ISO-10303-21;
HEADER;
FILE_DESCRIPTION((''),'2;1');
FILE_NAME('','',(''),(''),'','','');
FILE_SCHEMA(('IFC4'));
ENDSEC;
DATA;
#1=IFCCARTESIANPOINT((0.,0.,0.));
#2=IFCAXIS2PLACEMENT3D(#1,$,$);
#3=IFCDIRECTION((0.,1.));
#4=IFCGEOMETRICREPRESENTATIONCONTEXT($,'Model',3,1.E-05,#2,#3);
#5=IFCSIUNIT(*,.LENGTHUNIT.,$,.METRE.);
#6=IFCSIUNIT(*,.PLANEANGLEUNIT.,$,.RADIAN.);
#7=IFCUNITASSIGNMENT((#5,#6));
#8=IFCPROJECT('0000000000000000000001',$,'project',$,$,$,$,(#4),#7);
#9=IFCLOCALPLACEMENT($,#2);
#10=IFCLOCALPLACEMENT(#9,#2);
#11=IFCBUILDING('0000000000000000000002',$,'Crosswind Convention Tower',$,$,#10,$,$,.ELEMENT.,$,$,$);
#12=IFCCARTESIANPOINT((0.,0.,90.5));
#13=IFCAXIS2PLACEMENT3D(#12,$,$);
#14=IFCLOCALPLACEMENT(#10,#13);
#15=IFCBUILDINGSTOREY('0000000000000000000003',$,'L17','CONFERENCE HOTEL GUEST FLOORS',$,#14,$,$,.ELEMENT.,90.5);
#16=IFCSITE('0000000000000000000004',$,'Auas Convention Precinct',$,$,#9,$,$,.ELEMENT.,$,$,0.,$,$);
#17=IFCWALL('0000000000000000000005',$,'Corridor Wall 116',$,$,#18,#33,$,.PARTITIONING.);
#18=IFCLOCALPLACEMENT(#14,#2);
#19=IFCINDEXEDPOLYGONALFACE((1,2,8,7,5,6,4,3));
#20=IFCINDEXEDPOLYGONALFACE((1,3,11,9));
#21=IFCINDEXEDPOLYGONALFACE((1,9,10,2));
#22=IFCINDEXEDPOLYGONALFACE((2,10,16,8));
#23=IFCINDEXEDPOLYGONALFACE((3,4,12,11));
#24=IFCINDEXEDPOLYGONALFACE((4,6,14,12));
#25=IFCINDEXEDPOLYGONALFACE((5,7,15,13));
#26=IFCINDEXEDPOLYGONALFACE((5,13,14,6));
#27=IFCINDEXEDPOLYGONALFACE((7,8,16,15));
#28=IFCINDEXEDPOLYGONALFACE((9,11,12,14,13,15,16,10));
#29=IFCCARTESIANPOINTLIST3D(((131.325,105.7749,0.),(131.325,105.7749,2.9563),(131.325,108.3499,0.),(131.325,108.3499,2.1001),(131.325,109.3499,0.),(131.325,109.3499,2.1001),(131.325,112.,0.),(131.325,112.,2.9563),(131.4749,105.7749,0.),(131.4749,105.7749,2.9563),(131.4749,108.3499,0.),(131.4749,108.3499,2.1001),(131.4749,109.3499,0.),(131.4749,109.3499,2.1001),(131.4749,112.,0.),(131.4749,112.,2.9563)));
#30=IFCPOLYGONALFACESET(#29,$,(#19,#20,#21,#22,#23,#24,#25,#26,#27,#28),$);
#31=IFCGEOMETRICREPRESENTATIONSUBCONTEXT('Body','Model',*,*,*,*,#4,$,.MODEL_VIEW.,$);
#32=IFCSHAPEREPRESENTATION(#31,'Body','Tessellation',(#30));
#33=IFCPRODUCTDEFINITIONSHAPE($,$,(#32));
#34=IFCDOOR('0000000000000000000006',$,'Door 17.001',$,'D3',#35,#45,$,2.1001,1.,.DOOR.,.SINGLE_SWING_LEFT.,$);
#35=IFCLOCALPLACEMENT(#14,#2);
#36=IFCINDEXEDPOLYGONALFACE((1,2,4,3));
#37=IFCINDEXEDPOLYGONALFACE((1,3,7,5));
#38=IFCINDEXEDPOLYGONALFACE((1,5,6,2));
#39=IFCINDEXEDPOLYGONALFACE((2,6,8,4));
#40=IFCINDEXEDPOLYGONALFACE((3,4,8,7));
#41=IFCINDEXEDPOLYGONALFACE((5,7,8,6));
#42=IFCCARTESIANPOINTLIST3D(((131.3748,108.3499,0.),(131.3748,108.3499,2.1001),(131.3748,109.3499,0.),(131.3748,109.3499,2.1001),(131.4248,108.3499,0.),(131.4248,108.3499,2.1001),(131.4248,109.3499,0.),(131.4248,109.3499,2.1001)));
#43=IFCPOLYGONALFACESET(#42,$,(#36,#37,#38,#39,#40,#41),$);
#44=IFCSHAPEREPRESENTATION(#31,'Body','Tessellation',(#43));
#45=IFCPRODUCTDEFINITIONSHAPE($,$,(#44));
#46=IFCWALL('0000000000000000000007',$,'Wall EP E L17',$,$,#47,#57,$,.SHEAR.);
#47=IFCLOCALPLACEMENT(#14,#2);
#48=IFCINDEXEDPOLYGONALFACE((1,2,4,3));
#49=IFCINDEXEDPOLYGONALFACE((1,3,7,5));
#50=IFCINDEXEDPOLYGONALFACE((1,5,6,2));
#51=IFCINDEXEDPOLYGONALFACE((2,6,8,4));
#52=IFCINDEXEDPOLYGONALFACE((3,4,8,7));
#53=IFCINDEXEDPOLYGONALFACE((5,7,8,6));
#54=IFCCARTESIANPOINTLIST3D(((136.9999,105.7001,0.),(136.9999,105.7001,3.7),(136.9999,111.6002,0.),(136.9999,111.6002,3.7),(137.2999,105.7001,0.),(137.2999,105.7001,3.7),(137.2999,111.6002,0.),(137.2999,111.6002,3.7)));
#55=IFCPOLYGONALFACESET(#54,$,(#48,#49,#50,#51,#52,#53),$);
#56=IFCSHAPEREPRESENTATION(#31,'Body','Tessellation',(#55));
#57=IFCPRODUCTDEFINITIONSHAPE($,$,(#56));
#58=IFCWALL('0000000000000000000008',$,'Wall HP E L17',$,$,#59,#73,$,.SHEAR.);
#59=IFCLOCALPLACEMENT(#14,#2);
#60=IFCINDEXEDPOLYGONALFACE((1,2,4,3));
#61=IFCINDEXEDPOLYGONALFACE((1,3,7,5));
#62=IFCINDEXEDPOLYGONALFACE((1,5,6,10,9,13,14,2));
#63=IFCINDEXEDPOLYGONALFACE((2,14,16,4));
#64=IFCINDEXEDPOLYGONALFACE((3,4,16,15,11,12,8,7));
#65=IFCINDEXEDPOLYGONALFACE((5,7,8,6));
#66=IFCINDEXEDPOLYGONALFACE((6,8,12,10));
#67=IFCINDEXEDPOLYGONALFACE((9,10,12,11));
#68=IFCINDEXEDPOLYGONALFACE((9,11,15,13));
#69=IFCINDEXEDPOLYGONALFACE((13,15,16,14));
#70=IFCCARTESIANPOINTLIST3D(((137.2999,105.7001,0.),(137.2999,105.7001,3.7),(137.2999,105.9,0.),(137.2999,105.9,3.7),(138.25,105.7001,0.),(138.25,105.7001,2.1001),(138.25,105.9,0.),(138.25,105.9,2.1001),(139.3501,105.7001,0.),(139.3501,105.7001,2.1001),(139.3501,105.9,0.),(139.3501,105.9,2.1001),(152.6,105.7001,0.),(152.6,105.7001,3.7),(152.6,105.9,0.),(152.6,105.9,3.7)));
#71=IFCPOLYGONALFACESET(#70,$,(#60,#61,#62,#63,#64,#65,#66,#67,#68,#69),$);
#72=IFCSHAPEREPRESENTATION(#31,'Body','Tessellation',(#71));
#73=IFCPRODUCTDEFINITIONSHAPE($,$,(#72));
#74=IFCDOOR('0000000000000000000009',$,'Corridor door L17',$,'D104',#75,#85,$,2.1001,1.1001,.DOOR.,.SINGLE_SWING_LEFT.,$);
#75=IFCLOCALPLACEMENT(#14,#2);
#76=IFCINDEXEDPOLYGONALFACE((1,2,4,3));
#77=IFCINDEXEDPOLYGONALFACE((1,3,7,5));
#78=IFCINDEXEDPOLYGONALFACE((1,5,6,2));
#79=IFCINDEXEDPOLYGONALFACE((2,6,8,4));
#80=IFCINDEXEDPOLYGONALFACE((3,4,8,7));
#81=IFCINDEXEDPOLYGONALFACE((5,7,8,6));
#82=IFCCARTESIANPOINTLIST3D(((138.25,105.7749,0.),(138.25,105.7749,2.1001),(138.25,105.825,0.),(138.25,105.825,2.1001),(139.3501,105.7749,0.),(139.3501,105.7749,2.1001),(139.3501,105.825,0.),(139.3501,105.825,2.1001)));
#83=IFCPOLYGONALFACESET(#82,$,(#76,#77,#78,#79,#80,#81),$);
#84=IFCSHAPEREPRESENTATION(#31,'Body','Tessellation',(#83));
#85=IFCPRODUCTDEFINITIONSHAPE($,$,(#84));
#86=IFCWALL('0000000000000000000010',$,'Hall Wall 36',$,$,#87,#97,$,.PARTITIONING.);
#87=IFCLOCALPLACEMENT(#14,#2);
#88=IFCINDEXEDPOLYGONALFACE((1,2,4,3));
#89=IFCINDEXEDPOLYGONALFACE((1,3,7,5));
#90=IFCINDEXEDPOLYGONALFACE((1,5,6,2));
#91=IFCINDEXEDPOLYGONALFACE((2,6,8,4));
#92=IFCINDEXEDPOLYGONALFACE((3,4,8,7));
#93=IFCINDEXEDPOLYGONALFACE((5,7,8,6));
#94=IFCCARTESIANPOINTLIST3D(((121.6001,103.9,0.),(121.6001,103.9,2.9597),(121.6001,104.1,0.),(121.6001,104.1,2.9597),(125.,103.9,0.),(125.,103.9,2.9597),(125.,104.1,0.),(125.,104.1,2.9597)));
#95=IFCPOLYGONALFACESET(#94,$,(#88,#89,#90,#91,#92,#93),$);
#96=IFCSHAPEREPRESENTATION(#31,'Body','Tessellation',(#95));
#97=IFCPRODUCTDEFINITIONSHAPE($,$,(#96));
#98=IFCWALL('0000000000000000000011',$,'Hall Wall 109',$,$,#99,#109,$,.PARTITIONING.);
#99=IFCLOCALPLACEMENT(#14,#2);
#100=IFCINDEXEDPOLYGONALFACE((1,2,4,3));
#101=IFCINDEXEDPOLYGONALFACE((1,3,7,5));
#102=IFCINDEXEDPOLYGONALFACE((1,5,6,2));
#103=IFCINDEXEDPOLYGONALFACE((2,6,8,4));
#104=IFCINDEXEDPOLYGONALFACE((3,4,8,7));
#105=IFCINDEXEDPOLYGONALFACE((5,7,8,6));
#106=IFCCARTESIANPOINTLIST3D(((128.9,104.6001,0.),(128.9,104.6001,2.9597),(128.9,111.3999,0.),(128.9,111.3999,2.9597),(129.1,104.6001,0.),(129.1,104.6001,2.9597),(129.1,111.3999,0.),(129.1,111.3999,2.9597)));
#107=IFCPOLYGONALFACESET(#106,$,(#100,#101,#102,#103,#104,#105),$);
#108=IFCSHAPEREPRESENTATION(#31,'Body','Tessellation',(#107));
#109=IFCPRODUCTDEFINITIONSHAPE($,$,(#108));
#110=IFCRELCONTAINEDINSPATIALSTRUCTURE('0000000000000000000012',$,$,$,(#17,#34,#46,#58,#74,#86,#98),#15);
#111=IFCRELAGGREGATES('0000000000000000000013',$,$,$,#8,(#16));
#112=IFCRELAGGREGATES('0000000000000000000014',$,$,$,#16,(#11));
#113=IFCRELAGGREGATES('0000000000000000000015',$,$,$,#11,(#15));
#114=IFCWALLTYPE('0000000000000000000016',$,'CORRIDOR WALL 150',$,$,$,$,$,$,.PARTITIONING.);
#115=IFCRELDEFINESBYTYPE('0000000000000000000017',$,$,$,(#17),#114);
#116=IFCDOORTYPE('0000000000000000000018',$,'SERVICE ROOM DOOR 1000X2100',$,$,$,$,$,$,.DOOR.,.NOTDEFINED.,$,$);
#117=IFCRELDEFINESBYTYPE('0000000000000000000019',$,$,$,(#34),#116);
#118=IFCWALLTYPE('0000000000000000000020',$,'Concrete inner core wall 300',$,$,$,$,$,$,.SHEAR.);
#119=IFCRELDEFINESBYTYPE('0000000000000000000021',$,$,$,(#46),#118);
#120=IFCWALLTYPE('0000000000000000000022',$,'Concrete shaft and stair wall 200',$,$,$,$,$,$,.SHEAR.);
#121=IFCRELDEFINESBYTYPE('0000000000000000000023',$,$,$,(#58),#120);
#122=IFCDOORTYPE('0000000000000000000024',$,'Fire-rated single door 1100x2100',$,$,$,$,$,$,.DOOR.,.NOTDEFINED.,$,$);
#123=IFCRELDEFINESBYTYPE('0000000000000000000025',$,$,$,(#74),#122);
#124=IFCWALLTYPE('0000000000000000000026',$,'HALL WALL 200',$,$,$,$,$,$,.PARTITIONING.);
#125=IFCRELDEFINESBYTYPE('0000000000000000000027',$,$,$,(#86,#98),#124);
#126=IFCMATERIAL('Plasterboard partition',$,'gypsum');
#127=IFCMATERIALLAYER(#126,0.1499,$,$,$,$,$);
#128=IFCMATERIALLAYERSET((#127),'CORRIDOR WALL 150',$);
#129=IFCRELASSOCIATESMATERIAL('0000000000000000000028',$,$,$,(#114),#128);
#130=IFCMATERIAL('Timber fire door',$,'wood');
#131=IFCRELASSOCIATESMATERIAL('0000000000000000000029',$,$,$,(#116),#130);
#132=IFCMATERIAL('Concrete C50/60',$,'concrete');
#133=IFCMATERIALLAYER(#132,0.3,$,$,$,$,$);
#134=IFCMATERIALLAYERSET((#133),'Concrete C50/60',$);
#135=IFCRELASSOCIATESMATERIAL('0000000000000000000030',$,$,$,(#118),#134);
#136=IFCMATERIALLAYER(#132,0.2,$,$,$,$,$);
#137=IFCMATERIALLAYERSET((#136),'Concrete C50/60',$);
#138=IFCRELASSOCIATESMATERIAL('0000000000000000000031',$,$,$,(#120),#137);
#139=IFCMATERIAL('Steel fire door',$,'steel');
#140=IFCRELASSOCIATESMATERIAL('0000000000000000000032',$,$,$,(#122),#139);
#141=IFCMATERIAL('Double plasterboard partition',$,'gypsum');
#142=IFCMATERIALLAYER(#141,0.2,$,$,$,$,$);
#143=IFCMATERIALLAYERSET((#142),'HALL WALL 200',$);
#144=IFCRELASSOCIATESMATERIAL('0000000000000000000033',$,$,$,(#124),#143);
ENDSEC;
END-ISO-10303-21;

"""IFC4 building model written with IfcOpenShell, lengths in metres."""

from ifc_helpers import new_model, si_unit, direction, frame, frame_2d, origin, place, context, subcontext, project, spatial, rectangle, extrude, material, layer, layer_set, type_object, element, fill, save


model = new_model("IFC4")

# Units and contexts
model_context = context("Model", 3, precision=1e-05, world=origin(), true_north=direction((0.0, 1.0)))
body_context = subcontext(model_context, "Body", "Model", "MODEL_VIEW")
ifc_project = project(units=[si_unit("LENGTHUNIT", "METRE"), si_unit("PLANEANGLEUNIT", "RADIAN")], contexts=[model_context])

# Site, building, storey
site_placement = place(None, origin())
site = spatial("IfcSite", under=ifc_project, at=site_placement, Name="Auas Convention Precinct", CompositionType="ELEMENT", RefElevation=0.0)
building_placement = place(site_placement, origin())
building = spatial("IfcBuilding", under=site, at=building_placement, Name="Crosswind Convention Tower", CompositionType="ELEMENT")
storey_placement = place(building_placement, frame((0.0, 0.0, 90.5)))
storey = spatial("IfcBuildingStorey", under=building, at=storey_placement, Name="L17", Description="CONFERENCE HOTEL GUEST FLOORS", CompositionType="ELEMENT", Elevation=90.5)

# Shared definitions
ifc_material_1 = material(Name="Steel fire door", Category="steel")

# Shared definitions
ifc_material_2 = material(Name="Plasterboard partition", Category="gypsum")
ifc_layer_1 = layer(ifc_material_2, 0.1499)
ifc_layer_set_1 = layer_set([ifc_layer_1], Name="CORRIDOR WALL 150")
wall_type_1 = type_object("IfcWallType", Name="CORRIDOR WALL 150", PredefinedType="PARTITIONING", material=ifc_layer_set_1)

# Wall, opening, door
wall_1_placement = place(storey_placement, frame((131.3999, 105.7749, 0.0), z_axis=(0.0, 0.0, 1.0), x_axis=(0.0, 1.0, 0.0)))
wall_1 = element("IfcWall", 1, at=wall_1_placement, inside=storey, type_object=wall_type_1, Name="Corridor Wall 116", PredefinedType="PARTITIONING", context=body_context, shape_type="SweptSolid", body=[
    extrude(rectangle(XDim=6.2251, YDim=0.1499, at=frame_2d((3.1125, 0.0))), origin(), (0.0, 0.0, 1.0), 2.9563),
])
opening_1_placement = place(wall_1_placement, frame((2.575, 0.0, 0.0)))
opening_1 = element("IfcOpeningElement", 2, at=opening_1_placement, cuts=wall_1, PredefinedType="OPENING", context=body_context, shape_type="SweptSolid", body=[
    extrude(rectangle(XDim=1.0, YDim=2.1001, at=frame_2d((0.5, 1.05))), frame((0.0, 0.085, 0.0), z_axis=(0.0, -1.0, 0.0), x_axis=(1.0, 0.0, 0.0)), (0.0, 0.0, 1.0), 0.1699),
])
ifc_material_3 = material(Name="Timber fire door", Category="wood")
door_type_1 = type_object("IfcDoorType", Name="SERVICE ROOM DOOR 1000X2100", OperationType="NOTDEFINED", PredefinedType="DOOR", material=ifc_material_3)
door_1_placement = place(opening_1_placement, frame((1.0, 0.0, 0.0), z_axis=(0.0, 0.0, 1.0), x_axis=(-1.0, 0.0, 0.0)))
door_1 = element("IfcDoor", 3, at=door_1_placement, inside=storey, type_object=door_type_1, Name="Door 17.001", ObjectType="D3", OperationType="SINGLE_SWING_LEFT", OverallHeight=2.1001, OverallWidth=1.0, PredefinedType="DOOR", context=body_context, shape_type="SweptSolid", body=[
    extrude(rectangle(XDim=1.0, YDim=2.1001, at=frame_2d((0.5, 1.05))), frame((0.0, 0.0249, 0.0), z_axis=(0.0, -1.0, 0.0), x_axis=(1.0, 0.0, 0.0)), (0.0, 0.0, 1.0), 0.05),
])
fill(opening_1, door_1)

# Wall
ifc_material_4 = material(Name="Concrete C50/60", Category="concrete")
ifc_layer_2 = layer(ifc_material_4, 0.3)
ifc_layer_set_2 = layer_set([ifc_layer_2], Name="Concrete C50/60")
wall_type_2 = type_object("IfcWallType", Name="Concrete inner core wall 300", PredefinedType="SHEAR", material=ifc_layer_set_2)
wall_2_placement = place(storey_placement, frame((137.1499, 105.7, 0.0), z_axis=(0.0, 0.0, 1.0), x_axis=(0.0, 1.0, 0.0)))
element("IfcWall", 4, at=wall_2_placement, inside=storey, type_object=wall_type_2, Name="Wall EP E L17", PredefinedType="SHEAR", context=body_context, shape_type="SweptSolid", body=[
    extrude(rectangle(XDim=5.9001, YDim=0.3, at=frame_2d((2.9502, 0.0))), origin(), (0.0, 0.0, 1.0), 3.7),
])

# Wall, opening, door
ifc_layer_3 = layer(ifc_material_4, 0.2)
ifc_layer_set_3 = layer_set([ifc_layer_3], Name="Concrete C50/60")
wall_type_3 = type_object("IfcWallType", Name="Concrete shaft and stair wall 200", PredefinedType="SHEAR", material=ifc_layer_set_3)
wall_3_placement = place(storey_placement, frame((137.3, 105.8, 0.0), z_axis=(0.0, 0.0, 1.0), x_axis=(1.0, 0.0, 0.0)))
wall_3 = element("IfcWall", 5, at=wall_3_placement, inside=storey, type_object=wall_type_3, Name="Wall HP E L17", PredefinedType="SHEAR", context=body_context, shape_type="SweptSolid", body=[
    extrude(rectangle(XDim=15.3, YDim=0.2, at=frame_2d((7.6499, 0.0))), origin(), (0.0, 0.0, 1.0), 3.7),
])
opening_2_placement = place(wall_3_placement, frame((0.95, 0.0, 0.0)))
opening_2 = element("IfcOpeningElement", 6, at=opening_2_placement, cuts=wall_3, PredefinedType="OPENING", context=body_context, shape_type="SweptSolid", body=[
    extrude(rectangle(XDim=1.1001, YDim=2.1001, at=frame_2d((0.55, 1.05))), frame((0.0, 0.1099, 0.0), z_axis=(0.0, -1.0, 0.0), x_axis=(1.0, 0.0, 0.0)), (0.0, 0.0, 1.0), 0.22),
])
door_type_2 = type_object("IfcDoorType", Name="Fire-rated single door 1100x2100", OperationType="NOTDEFINED", PredefinedType="DOOR", material=ifc_material_1)
door_2_placement = place(opening_2_placement, origin())
door_2 = element("IfcDoor", 7, at=door_2_placement, inside=storey, type_object=door_type_2, Name="Corridor door L17", ObjectType="D104", OperationType="SINGLE_SWING_LEFT", OverallHeight=2.1001, OverallWidth=1.1001, PredefinedType="DOOR", context=body_context, shape_type="SweptSolid", body=[
    extrude(rectangle(XDim=1.1001, YDim=2.1001, at=frame_2d((0.55, 1.05))), frame((0.0, 0.0249, 0.0), z_axis=(0.0, -1.0, 0.0), x_axis=(1.0, 0.0, 0.0)), (0.0, 0.0, 1.0), 0.05),
])
fill(opening_2, door_2)

# Walls
ifc_material_5 = material(Name="Double plasterboard partition", Category="gypsum")
ifc_layer_4 = layer(ifc_material_5, 0.2)
ifc_layer_set_4 = layer_set([ifc_layer_4], Name="HALL WALL 200")
wall_type_4 = type_object("IfcWallType", Name="HALL WALL 200", PredefinedType="PARTITIONING", material=ifc_layer_set_4)
wall_4_placement = place(storey_placement, frame((121.6001, 104.0, 0.0), z_axis=(0.0, 0.0, 1.0), x_axis=(1.0, 0.0, 0.0)))
element("IfcWall", 8, at=wall_4_placement, inside=storey, type_object=wall_type_4, Name="Hall Wall 36", PredefinedType="PARTITIONING", context=body_context, shape_type="SweptSolid", body=[
    extrude(rectangle(XDim=3.3999, YDim=0.2, at=frame_2d((1.7, 0.0))), origin(), (0.0, 0.0, 1.0), 2.9597),
])
wall_5_placement = place(storey_placement, frame((129.0, 104.6001, 0.0), z_axis=(0.0, 0.0, 1.0), x_axis=(0.0, 1.0, 0.0)))
element("IfcWall", 9, at=wall_5_placement, inside=storey, type_object=wall_type_4, Name="Hall Wall 109", PredefinedType="PARTITIONING", context=body_context, shape_type="SweptSolid", body=[
    extrude(rectangle(XDim=6.7998, YDim=0.2, at=frame_2d((3.3999, 0.0))), origin(), (0.0, 0.0, 1.0), 2.9597),
])

save(model, "model.ifc")
